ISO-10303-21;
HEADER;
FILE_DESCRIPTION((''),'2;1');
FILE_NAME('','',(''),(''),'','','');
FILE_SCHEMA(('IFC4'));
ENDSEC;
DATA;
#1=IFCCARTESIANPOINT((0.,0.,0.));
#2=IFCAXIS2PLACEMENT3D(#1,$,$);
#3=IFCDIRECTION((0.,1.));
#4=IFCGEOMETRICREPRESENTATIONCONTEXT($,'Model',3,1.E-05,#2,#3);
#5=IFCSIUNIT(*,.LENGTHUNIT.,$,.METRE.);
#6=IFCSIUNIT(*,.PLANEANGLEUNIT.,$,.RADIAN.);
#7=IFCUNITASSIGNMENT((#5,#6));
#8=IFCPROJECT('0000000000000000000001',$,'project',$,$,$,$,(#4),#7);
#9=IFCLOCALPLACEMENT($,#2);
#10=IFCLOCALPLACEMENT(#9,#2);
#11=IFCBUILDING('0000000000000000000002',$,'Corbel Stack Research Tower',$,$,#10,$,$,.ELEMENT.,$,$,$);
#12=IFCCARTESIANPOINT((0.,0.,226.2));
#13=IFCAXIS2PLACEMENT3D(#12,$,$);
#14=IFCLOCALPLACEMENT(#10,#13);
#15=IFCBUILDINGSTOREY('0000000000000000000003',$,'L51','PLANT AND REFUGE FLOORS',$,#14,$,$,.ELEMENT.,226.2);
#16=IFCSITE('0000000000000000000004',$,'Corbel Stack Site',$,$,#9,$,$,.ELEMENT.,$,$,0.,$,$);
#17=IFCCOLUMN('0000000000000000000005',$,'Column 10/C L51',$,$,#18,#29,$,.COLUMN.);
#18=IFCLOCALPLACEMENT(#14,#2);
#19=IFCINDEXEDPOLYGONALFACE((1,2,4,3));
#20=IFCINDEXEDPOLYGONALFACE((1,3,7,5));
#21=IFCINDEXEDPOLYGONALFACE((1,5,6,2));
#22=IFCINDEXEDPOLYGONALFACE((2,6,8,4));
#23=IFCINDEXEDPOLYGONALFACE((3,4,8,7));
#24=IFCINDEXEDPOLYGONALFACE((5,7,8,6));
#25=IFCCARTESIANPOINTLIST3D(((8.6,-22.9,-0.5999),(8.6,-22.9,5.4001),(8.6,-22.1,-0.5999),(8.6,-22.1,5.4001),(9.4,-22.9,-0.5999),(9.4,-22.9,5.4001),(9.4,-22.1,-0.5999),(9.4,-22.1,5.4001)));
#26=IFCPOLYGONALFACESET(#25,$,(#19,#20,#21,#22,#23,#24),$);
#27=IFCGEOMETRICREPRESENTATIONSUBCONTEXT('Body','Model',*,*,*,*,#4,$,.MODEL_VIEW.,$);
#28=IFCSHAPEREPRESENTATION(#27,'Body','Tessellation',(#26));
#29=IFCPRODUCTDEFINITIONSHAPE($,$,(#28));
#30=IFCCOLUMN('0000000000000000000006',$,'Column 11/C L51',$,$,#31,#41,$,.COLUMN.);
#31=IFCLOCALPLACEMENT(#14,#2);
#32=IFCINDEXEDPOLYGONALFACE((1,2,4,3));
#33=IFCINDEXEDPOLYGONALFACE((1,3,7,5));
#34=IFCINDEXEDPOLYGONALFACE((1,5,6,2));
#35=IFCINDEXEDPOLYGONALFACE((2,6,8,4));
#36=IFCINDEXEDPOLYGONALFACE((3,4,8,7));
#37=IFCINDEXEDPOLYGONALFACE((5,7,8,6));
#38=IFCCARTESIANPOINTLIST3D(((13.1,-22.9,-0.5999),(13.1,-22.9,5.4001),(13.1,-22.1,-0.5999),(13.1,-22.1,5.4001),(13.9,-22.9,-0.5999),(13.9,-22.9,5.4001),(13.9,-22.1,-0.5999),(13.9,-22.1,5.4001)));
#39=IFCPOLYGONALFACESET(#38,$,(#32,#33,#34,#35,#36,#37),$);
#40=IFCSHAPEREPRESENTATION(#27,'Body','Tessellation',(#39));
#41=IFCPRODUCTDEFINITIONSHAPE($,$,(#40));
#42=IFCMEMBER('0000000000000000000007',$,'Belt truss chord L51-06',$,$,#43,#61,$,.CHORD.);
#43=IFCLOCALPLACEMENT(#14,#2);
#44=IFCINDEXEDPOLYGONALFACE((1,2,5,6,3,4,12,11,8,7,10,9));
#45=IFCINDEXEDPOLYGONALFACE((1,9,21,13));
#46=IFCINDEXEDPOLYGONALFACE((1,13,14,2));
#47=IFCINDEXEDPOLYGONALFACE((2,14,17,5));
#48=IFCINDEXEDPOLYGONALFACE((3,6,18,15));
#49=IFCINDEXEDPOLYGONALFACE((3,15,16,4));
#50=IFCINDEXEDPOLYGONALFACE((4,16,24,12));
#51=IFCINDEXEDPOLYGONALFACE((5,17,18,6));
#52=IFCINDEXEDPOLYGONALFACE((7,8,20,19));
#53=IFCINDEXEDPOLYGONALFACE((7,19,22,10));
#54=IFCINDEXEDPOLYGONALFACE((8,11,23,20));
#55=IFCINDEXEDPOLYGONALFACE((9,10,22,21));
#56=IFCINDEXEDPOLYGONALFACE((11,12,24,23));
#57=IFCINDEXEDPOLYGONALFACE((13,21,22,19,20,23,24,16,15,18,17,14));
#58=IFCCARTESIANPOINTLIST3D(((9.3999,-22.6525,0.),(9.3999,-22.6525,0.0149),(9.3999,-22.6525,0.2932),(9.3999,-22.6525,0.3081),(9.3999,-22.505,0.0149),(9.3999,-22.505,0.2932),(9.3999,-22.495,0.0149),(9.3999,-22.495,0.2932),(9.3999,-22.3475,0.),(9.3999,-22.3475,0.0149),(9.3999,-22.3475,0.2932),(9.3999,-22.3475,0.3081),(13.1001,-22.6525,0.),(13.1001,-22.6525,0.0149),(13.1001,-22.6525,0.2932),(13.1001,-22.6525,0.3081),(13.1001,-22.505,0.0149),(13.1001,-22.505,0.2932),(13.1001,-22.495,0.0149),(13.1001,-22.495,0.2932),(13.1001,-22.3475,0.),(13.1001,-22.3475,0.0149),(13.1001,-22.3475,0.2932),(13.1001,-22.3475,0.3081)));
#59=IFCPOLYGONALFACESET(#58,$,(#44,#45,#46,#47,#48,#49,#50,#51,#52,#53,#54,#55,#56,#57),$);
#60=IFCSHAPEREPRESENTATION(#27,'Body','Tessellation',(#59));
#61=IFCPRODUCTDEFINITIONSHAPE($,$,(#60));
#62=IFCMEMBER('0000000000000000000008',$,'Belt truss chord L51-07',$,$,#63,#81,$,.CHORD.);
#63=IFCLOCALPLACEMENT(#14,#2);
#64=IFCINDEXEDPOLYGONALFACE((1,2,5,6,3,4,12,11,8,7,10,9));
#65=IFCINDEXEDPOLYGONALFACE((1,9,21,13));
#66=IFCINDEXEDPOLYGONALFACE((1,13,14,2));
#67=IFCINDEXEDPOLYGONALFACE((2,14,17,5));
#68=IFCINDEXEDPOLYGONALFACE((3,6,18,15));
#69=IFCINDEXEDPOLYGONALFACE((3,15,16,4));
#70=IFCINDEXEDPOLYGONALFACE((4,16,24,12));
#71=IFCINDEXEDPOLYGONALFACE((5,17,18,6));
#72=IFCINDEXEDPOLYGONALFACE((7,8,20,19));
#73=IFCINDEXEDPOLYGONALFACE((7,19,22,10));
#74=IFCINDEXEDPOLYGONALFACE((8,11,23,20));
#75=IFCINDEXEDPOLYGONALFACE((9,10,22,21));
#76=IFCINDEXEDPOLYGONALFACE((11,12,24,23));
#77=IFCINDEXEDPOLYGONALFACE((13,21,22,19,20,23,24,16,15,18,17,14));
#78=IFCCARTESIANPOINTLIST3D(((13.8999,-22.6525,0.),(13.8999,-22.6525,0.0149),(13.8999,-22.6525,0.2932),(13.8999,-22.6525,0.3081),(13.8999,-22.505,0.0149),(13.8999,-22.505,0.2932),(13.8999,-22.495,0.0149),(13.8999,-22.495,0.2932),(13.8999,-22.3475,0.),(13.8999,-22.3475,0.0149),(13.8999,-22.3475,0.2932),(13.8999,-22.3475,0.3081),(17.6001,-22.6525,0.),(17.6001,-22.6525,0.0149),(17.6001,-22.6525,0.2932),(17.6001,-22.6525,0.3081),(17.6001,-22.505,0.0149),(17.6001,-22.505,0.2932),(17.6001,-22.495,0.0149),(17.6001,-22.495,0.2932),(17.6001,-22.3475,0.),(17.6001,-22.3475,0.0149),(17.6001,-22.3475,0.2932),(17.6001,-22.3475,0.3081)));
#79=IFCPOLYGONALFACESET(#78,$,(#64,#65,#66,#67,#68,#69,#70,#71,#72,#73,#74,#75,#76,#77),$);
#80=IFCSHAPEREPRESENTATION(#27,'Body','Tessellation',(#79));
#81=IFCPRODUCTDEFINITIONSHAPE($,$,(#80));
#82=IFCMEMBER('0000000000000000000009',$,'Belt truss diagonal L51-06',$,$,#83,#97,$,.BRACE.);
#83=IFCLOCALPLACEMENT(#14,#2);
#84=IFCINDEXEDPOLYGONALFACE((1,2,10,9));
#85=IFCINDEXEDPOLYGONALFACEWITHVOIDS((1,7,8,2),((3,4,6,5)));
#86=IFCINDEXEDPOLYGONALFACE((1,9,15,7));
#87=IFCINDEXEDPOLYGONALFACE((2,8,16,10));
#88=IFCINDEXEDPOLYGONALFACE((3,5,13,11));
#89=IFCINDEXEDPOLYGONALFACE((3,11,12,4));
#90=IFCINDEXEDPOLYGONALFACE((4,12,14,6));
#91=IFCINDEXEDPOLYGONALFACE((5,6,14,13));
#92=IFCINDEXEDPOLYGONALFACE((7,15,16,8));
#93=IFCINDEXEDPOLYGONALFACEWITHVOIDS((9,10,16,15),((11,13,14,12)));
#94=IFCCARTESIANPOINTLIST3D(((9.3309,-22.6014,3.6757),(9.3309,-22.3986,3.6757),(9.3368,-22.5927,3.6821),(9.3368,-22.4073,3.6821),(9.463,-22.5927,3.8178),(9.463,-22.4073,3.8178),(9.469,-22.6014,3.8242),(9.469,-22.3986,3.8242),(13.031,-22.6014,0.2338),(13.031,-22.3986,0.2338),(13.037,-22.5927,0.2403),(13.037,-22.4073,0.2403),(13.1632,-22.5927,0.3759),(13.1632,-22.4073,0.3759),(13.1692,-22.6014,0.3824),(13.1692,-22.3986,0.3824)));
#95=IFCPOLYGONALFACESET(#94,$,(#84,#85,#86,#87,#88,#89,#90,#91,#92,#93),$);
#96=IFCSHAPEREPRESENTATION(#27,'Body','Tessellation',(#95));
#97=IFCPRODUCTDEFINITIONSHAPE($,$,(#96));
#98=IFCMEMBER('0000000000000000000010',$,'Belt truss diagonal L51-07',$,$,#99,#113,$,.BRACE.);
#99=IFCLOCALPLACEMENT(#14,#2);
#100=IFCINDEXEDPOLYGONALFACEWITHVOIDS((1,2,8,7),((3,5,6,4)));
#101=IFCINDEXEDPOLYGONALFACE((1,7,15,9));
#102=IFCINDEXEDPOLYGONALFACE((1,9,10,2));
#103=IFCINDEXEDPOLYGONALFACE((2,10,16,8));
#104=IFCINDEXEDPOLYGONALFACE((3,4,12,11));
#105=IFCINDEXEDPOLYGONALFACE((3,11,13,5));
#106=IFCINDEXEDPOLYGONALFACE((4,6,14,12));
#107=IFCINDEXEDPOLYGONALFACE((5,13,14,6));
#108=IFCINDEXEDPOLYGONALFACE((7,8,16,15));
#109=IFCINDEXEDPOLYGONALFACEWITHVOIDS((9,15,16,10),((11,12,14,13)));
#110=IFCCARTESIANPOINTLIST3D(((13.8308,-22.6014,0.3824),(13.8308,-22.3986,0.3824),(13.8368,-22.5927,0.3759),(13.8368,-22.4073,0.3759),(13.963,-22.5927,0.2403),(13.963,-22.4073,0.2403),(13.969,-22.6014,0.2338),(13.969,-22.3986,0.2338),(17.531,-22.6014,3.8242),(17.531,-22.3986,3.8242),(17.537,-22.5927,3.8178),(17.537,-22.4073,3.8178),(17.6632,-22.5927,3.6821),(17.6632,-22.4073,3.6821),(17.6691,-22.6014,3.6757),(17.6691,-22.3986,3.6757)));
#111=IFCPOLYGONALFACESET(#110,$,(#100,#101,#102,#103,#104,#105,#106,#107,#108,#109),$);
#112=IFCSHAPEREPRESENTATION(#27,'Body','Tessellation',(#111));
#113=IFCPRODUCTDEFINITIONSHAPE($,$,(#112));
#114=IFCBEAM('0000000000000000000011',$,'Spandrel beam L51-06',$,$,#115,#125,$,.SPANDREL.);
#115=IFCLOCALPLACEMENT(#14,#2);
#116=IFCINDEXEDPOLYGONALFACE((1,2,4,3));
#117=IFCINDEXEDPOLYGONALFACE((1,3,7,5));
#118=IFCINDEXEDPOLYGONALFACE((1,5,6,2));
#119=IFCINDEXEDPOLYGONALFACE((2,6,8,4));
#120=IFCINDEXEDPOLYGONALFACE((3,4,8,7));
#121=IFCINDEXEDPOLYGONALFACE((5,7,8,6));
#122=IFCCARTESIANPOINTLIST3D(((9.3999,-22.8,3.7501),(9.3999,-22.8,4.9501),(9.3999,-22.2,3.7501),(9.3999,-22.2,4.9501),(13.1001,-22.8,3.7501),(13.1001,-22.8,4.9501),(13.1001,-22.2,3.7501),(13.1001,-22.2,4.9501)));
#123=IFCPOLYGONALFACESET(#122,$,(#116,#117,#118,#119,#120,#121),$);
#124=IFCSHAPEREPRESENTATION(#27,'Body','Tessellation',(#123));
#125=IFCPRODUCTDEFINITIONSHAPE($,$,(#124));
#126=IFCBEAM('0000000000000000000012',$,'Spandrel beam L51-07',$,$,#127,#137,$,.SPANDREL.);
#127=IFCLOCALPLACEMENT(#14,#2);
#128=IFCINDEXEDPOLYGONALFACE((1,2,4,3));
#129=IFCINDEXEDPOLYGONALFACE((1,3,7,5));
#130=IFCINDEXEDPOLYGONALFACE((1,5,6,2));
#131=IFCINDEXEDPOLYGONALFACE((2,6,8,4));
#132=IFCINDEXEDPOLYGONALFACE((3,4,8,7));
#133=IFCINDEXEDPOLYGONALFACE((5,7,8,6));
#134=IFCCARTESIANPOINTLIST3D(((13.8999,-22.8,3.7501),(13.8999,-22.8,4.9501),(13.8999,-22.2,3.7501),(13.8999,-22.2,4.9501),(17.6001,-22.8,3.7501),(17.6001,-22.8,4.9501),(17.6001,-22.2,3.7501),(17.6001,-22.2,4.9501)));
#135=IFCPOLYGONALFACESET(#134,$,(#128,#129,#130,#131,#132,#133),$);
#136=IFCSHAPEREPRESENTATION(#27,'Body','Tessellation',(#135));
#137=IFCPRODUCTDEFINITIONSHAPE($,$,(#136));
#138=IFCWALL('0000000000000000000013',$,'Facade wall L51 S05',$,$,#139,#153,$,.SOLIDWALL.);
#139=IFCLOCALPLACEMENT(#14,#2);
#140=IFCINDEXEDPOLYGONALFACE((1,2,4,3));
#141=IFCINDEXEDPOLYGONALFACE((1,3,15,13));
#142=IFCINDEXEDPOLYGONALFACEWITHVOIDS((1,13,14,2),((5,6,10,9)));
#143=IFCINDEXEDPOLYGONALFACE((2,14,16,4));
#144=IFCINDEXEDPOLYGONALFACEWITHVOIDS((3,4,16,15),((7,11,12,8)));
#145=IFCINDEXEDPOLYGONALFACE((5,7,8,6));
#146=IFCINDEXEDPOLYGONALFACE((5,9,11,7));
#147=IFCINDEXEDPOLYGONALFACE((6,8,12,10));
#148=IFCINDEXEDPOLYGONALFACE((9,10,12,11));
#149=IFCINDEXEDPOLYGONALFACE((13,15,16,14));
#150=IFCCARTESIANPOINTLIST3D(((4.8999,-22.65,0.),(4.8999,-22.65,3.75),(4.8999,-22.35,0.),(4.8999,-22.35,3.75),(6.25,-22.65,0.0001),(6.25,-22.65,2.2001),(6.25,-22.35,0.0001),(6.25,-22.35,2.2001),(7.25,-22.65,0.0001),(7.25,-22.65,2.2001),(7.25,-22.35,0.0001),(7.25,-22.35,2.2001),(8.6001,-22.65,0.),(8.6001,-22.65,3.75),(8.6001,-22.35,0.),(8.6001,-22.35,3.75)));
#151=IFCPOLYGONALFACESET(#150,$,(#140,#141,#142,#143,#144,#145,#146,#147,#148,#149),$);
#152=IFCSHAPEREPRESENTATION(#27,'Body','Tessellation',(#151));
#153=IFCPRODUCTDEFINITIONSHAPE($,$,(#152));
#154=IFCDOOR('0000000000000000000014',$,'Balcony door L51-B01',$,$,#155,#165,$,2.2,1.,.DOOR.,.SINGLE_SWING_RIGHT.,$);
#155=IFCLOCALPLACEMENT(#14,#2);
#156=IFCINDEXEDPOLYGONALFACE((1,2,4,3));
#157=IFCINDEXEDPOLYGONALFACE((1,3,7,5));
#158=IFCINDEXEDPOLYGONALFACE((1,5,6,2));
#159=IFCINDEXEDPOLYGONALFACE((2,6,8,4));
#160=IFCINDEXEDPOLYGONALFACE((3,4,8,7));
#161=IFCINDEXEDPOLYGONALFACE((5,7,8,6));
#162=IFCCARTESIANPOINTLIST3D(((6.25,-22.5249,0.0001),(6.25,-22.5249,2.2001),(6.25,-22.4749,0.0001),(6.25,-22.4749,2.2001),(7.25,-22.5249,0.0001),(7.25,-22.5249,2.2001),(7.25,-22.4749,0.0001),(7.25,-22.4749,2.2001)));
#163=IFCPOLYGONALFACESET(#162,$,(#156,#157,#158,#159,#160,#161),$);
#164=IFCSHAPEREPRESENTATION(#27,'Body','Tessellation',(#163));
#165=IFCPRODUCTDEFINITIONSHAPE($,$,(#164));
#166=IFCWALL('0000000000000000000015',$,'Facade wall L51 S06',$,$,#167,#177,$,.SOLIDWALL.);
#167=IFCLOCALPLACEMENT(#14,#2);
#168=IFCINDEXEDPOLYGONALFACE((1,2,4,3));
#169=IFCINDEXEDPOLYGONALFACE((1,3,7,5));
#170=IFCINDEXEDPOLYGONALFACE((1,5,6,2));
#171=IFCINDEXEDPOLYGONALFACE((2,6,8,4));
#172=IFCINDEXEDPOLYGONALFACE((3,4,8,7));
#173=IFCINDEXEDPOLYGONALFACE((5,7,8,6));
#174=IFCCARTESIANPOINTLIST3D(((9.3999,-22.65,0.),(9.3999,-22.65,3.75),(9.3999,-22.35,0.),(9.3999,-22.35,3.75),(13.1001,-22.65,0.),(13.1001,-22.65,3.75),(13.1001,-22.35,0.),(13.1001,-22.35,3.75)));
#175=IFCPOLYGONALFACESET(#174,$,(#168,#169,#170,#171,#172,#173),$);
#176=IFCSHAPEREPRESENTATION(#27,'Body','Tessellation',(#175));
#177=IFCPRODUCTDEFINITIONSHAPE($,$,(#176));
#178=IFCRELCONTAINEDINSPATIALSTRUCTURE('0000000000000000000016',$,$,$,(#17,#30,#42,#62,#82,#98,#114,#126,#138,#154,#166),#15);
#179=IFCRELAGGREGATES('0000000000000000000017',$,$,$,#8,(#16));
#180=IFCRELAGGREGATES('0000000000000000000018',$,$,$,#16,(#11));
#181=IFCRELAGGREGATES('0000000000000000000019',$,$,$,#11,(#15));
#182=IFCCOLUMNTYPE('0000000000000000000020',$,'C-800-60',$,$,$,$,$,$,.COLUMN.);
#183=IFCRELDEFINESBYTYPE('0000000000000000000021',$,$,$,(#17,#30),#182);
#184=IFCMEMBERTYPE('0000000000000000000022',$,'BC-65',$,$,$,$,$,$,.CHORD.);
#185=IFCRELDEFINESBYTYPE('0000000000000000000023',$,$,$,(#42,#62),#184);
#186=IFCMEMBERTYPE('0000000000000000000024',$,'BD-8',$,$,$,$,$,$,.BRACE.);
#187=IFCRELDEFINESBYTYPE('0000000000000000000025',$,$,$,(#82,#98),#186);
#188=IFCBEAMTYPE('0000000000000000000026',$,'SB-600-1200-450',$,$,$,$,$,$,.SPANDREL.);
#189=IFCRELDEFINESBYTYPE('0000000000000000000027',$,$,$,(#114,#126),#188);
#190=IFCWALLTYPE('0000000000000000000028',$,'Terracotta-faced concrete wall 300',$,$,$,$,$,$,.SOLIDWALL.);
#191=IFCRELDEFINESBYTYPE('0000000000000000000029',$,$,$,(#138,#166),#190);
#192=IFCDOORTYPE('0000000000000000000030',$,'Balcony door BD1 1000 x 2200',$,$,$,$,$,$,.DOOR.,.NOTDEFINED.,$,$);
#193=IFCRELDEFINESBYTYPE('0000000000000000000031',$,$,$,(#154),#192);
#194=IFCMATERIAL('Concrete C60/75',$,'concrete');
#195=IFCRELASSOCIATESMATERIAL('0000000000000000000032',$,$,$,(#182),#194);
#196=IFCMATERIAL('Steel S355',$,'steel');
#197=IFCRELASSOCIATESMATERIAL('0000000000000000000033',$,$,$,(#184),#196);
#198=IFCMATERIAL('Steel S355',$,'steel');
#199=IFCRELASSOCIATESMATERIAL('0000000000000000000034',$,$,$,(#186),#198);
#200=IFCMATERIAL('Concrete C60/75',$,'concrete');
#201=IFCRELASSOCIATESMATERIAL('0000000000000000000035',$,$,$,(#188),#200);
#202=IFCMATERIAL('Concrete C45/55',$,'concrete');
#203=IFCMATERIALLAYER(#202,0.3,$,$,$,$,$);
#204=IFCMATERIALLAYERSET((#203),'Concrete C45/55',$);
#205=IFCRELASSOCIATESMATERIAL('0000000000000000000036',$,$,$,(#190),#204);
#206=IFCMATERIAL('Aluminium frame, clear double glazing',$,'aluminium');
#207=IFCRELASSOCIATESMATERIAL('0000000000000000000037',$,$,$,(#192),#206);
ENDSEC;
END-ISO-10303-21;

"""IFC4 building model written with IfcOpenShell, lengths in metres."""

from ifc_helpers import new_model, si_unit, direction, frame, frame_2d, origin, origin_2d, place, context, subcontext, project, spatial, rectangle, hollow_rectangle, i_section, extrude, material, layer, layer_set, material_profile, profile_set, type_object, element, fill, save


model = new_model("IFC4")

# Units and contexts
model_context = context("Model", 3, precision=1e-05, world=origin(), true_north=direction((0.0, 1.0)))
body_context = subcontext(model_context, "Body", "Model", "MODEL_VIEW")
ifc_project = project(units=[si_unit("LENGTHUNIT", "METRE"), si_unit("PLANEANGLEUNIT", "RADIAN")], contexts=[model_context])

# Site, building, storey
site_placement = place(None, origin())
site = spatial("IfcSite", under=ifc_project, at=site_placement, Name="Corbel Stack Site", CompositionType="ELEMENT", RefElevation=0.0)
building_placement = place(site_placement, origin())
building = spatial("IfcBuilding", under=site, at=building_placement, Name="Corbel Stack Research Tower", CompositionType="ELEMENT")
storey_placement = place(building_placement, frame((0.0, 0.0, 226.2)))
storey = spatial("IfcBuildingStorey", under=building, at=storey_placement, Name="L51", Description="PLANT AND REFUGE FLOORS", CompositionType="ELEMENT", Elevation=226.2)

# Columns
ifc_material_1 = material(Name="Concrete C60/75", Category="concrete")
ifc_material_profile_1 = material_profile(ifc_material_1, rectangle(XDim=0.8, YDim=0.8, at=origin_2d()), Name="RC 800 x 800")
ifc_profile_set_1 = profile_set([ifc_material_profile_1], Name="Concrete C60/75")
column_type = type_object("IfcColumnType", Name="C-800-60", PredefinedType="COLUMN", material=ifc_profile_set_1)
for number, where, z_axis, x_axis, name in (
    (1, (9.0, -22.5, -0.5999), (0.0, 0.0, 1.0), (1.0, 0.0, 0.0), "Column 10/C L51"),
    (2, (13.5, -22.5, -0.5999), (0.0, 0.0, 1.0), (1.0, 0.0, 0.0), "Column 11/C L51"),
):
    element("IfcColumn", number, at=place(storey_placement, frame(where, z_axis=z_axis, x_axis=x_axis)), inside=storey, type_object=column_type, Name=name, PredefinedType="COLUMN", context=body_context, shape_type="SweptSolid", body=[
        extrude(rectangle(XDim=0.8, YDim=0.8, at=origin_2d()), origin(), (0.0, 0.0, 1.0), 6.0),
    ])

# Members
ifc_material_2 = material(Name="Steel S355", Category="steel")
ifc_material_profile_2 = material_profile(ifc_material_2, i_section(OverallWidth=0.3049, OverallDepth=0.3081, WebThickness=0.01, FlangeThickness=0.0149, at=origin_2d()), Name="W12x65")
ifc_profile_set_2 = profile_set([ifc_material_profile_2], Name="Steel S355")
member_type_1 = type_object("IfcMemberType", Name="BC-65", PredefinedType="CHORD", material=ifc_profile_set_2)
for number, where, z_axis, x_axis, name in (
    (3, (9.3999, -22.5, 0.1541), (1.0, 0.0, 0.0), (0.0, 1.0, 0.0), "Belt truss chord L51-06"),
    (4, (13.8999, -22.5, 0.1541), (1.0, 0.0, 0.0), (0.0, 1.0, 0.0), "Belt truss chord L51-07"),
):
    element("IfcMember", number, at=place(storey_placement, frame(where, z_axis=z_axis, x_axis=x_axis)), inside=storey, type_object=member_type_1, Name=name, PredefinedType="CHORD", context=body_context, shape_type="SweptSolid", body=[
        extrude(i_section(OverallWidth=0.3049, OverallDepth=0.3081, WebThickness=0.01, FlangeThickness=0.0149, at=origin_2d()), origin(), (0.0, 0.0, 1.0), 3.7002),
    ])
ifc_material_3 = material(Name="Steel S355", Category="steel")
ifc_material_profile_3 = material_profile(ifc_material_3, hollow_rectangle(XDim=0.2029, YDim=0.2029, WallThickness=0.0088, at=origin_2d()), Name="HSS8x8x3/8")
ifc_profile_set_3 = profile_set([ifc_material_profile_3], Name="Steel S355")
member_type_2 = type_object("IfcMemberType", Name="BD-8", PredefinedType="BRACE", material=ifc_profile_set_3)
for number, where, z_axis, x_axis, name in (
    (5, (13.1001, -22.5, 0.3081), (-0.732201, 0.0, 0.681088), (0.0, -1.0, 0.0), "Belt truss diagonal L51-06"),
    (6, (13.8999, -22.5, 0.3081), (0.732201, 0.0, 0.681088), (0.0, 1.0, 0.0), "Belt truss diagonal L51-07"),
):
    element("IfcMember", number, at=place(storey_placement, frame(where, z_axis=z_axis, x_axis=x_axis)), inside=storey, type_object=member_type_2, Name=name, PredefinedType="BRACE", context=body_context, shape_type="SweptSolid", body=[
        extrude(hollow_rectangle(XDim=0.2029, YDim=0.2029, WallThickness=0.0088, at=origin_2d()), origin(), (0.0, 0.0, 1.0), 5.0535),
    ])

# Beams
ifc_material_4 = material(Name="Concrete C60/75", Category="concrete")
ifc_material_profile_4 = material_profile(ifc_material_4, rectangle(XDim=0.6001, YDim=1.2, at=origin_2d()), Name="RC 600 x 1200")
ifc_profile_set_4 = profile_set([ifc_material_profile_4], Name="Concrete C60/75")
beam_type = type_object("IfcBeamType", Name="SB-600-1200-450", PredefinedType="SPANDREL", material=ifc_profile_set_4)
for number, where, z_axis, x_axis, name in (
    (7, (9.3999, -22.5, 4.3501), (1.0, 0.0, 0.0), (0.0, 1.0, 0.0), "Spandrel beam L51-06"),
    (8, (13.8999, -22.5, 4.3501), (1.0, 0.0, 0.0), (0.0, 1.0, 0.0), "Spandrel beam L51-07"),
):
    element("IfcBeam", number, at=place(storey_placement, frame(where, z_axis=z_axis, x_axis=x_axis)), inside=storey, type_object=beam_type, Name=name, PredefinedType="SPANDREL", context=body_context, shape_type="SweptSolid", body=[
        extrude(rectangle(XDim=0.6001, YDim=1.2, at=origin_2d()), origin(), (0.0, 0.0, 1.0), 3.7002),
    ])

# Wall, opening, door
ifc_material_5 = material(Name="Concrete C45/55", Category="concrete")
ifc_layer_1 = layer(ifc_material_5, 0.3)
ifc_layer_set_1 = layer_set([ifc_layer_1], Name="Concrete C45/55")
wall_type = type_object("IfcWallType", Name="Terracotta-faced concrete wall 300", PredefinedType="SOLIDWALL", material=ifc_layer_set_1)
wall_1_placement = place(storey_placement, frame((8.6001, -22.5, 0.0), z_axis=(0.0, 0.0, 1.0), x_axis=(-1.0, 0.0, 0.0)))
wall_1 = element("IfcWall", 9, at=wall_1_placement, inside=storey, type_object=wall_type, Name="Facade wall L51 S05", PredefinedType="SOLIDWALL", context=body_context, shape_type="SweptSolid", body=[
    extrude(rectangle(XDim=3.7002, YDim=0.3, at=frame_2d((1.8501, 0.0))), origin(), (0.0, 0.0, 1.0), 3.75),
])
opening_placement = place(wall_1_placement, frame((1.3501, 0.0, 0.0)))
opening = element("IfcOpeningElement", 10, at=opening_placement, cuts=wall_1, PredefinedType="OPENING", context=body_context, shape_type="SweptSolid", body=[
    extrude(rectangle(XDim=1.0, YDim=2.2, at=frame_2d((0.5, 1.1001))), frame((0.0, 0.1599, 0.0), z_axis=(0.0, -1.0, 0.0), x_axis=(1.0, 0.0, 0.0)), (0.0, 0.0, 1.0), 0.3201),
])
ifc_material_6 = material(Name="Aluminium frame, clear double glazing", Category="aluminium")
door_type = type_object("IfcDoorType", Name="Balcony door BD1 1000 x 2200", OperationType="NOTDEFINED", PredefinedType="DOOR", material=ifc_material_6)
door_placement = place(opening_placement, origin())
door = element("IfcDoor", 11, at=door_placement, inside=storey, type_object=door_type, Name="Balcony door L51-B01", OperationType="SINGLE_SWING_RIGHT", OverallHeight=2.2, OverallWidth=1.0, PredefinedType="DOOR", context=body_context, shape_type="SweptSolid", body=[
    extrude(rectangle(XDim=1.0, YDim=2.2, at=frame_2d((0.5, 1.1001))), frame((0.0, 0.0249, 0.0), z_axis=(0.0, -1.0, 0.0), x_axis=(1.0, 0.0, 0.0)), (0.0, 0.0, 1.0), 0.05),
])
fill(opening, door)

# Wall
wall_2_placement = place(storey_placement, frame((13.1001, -22.5, 0.0), z_axis=(0.0, 0.0, 1.0), x_axis=(-1.0, 0.0, 0.0)))
element("IfcWall", 12, at=wall_2_placement, inside=storey, type_object=wall_type, Name="Facade wall L51 S06", PredefinedType="SOLIDWALL", context=body_context, shape_type="SweptSolid", body=[
    extrude(rectangle(XDim=3.7002, YDim=0.3, at=frame_2d((1.8501, 0.0))), origin(), (0.0, 0.0, 1.0), 3.75),
])

save(model, "model.ifc")
